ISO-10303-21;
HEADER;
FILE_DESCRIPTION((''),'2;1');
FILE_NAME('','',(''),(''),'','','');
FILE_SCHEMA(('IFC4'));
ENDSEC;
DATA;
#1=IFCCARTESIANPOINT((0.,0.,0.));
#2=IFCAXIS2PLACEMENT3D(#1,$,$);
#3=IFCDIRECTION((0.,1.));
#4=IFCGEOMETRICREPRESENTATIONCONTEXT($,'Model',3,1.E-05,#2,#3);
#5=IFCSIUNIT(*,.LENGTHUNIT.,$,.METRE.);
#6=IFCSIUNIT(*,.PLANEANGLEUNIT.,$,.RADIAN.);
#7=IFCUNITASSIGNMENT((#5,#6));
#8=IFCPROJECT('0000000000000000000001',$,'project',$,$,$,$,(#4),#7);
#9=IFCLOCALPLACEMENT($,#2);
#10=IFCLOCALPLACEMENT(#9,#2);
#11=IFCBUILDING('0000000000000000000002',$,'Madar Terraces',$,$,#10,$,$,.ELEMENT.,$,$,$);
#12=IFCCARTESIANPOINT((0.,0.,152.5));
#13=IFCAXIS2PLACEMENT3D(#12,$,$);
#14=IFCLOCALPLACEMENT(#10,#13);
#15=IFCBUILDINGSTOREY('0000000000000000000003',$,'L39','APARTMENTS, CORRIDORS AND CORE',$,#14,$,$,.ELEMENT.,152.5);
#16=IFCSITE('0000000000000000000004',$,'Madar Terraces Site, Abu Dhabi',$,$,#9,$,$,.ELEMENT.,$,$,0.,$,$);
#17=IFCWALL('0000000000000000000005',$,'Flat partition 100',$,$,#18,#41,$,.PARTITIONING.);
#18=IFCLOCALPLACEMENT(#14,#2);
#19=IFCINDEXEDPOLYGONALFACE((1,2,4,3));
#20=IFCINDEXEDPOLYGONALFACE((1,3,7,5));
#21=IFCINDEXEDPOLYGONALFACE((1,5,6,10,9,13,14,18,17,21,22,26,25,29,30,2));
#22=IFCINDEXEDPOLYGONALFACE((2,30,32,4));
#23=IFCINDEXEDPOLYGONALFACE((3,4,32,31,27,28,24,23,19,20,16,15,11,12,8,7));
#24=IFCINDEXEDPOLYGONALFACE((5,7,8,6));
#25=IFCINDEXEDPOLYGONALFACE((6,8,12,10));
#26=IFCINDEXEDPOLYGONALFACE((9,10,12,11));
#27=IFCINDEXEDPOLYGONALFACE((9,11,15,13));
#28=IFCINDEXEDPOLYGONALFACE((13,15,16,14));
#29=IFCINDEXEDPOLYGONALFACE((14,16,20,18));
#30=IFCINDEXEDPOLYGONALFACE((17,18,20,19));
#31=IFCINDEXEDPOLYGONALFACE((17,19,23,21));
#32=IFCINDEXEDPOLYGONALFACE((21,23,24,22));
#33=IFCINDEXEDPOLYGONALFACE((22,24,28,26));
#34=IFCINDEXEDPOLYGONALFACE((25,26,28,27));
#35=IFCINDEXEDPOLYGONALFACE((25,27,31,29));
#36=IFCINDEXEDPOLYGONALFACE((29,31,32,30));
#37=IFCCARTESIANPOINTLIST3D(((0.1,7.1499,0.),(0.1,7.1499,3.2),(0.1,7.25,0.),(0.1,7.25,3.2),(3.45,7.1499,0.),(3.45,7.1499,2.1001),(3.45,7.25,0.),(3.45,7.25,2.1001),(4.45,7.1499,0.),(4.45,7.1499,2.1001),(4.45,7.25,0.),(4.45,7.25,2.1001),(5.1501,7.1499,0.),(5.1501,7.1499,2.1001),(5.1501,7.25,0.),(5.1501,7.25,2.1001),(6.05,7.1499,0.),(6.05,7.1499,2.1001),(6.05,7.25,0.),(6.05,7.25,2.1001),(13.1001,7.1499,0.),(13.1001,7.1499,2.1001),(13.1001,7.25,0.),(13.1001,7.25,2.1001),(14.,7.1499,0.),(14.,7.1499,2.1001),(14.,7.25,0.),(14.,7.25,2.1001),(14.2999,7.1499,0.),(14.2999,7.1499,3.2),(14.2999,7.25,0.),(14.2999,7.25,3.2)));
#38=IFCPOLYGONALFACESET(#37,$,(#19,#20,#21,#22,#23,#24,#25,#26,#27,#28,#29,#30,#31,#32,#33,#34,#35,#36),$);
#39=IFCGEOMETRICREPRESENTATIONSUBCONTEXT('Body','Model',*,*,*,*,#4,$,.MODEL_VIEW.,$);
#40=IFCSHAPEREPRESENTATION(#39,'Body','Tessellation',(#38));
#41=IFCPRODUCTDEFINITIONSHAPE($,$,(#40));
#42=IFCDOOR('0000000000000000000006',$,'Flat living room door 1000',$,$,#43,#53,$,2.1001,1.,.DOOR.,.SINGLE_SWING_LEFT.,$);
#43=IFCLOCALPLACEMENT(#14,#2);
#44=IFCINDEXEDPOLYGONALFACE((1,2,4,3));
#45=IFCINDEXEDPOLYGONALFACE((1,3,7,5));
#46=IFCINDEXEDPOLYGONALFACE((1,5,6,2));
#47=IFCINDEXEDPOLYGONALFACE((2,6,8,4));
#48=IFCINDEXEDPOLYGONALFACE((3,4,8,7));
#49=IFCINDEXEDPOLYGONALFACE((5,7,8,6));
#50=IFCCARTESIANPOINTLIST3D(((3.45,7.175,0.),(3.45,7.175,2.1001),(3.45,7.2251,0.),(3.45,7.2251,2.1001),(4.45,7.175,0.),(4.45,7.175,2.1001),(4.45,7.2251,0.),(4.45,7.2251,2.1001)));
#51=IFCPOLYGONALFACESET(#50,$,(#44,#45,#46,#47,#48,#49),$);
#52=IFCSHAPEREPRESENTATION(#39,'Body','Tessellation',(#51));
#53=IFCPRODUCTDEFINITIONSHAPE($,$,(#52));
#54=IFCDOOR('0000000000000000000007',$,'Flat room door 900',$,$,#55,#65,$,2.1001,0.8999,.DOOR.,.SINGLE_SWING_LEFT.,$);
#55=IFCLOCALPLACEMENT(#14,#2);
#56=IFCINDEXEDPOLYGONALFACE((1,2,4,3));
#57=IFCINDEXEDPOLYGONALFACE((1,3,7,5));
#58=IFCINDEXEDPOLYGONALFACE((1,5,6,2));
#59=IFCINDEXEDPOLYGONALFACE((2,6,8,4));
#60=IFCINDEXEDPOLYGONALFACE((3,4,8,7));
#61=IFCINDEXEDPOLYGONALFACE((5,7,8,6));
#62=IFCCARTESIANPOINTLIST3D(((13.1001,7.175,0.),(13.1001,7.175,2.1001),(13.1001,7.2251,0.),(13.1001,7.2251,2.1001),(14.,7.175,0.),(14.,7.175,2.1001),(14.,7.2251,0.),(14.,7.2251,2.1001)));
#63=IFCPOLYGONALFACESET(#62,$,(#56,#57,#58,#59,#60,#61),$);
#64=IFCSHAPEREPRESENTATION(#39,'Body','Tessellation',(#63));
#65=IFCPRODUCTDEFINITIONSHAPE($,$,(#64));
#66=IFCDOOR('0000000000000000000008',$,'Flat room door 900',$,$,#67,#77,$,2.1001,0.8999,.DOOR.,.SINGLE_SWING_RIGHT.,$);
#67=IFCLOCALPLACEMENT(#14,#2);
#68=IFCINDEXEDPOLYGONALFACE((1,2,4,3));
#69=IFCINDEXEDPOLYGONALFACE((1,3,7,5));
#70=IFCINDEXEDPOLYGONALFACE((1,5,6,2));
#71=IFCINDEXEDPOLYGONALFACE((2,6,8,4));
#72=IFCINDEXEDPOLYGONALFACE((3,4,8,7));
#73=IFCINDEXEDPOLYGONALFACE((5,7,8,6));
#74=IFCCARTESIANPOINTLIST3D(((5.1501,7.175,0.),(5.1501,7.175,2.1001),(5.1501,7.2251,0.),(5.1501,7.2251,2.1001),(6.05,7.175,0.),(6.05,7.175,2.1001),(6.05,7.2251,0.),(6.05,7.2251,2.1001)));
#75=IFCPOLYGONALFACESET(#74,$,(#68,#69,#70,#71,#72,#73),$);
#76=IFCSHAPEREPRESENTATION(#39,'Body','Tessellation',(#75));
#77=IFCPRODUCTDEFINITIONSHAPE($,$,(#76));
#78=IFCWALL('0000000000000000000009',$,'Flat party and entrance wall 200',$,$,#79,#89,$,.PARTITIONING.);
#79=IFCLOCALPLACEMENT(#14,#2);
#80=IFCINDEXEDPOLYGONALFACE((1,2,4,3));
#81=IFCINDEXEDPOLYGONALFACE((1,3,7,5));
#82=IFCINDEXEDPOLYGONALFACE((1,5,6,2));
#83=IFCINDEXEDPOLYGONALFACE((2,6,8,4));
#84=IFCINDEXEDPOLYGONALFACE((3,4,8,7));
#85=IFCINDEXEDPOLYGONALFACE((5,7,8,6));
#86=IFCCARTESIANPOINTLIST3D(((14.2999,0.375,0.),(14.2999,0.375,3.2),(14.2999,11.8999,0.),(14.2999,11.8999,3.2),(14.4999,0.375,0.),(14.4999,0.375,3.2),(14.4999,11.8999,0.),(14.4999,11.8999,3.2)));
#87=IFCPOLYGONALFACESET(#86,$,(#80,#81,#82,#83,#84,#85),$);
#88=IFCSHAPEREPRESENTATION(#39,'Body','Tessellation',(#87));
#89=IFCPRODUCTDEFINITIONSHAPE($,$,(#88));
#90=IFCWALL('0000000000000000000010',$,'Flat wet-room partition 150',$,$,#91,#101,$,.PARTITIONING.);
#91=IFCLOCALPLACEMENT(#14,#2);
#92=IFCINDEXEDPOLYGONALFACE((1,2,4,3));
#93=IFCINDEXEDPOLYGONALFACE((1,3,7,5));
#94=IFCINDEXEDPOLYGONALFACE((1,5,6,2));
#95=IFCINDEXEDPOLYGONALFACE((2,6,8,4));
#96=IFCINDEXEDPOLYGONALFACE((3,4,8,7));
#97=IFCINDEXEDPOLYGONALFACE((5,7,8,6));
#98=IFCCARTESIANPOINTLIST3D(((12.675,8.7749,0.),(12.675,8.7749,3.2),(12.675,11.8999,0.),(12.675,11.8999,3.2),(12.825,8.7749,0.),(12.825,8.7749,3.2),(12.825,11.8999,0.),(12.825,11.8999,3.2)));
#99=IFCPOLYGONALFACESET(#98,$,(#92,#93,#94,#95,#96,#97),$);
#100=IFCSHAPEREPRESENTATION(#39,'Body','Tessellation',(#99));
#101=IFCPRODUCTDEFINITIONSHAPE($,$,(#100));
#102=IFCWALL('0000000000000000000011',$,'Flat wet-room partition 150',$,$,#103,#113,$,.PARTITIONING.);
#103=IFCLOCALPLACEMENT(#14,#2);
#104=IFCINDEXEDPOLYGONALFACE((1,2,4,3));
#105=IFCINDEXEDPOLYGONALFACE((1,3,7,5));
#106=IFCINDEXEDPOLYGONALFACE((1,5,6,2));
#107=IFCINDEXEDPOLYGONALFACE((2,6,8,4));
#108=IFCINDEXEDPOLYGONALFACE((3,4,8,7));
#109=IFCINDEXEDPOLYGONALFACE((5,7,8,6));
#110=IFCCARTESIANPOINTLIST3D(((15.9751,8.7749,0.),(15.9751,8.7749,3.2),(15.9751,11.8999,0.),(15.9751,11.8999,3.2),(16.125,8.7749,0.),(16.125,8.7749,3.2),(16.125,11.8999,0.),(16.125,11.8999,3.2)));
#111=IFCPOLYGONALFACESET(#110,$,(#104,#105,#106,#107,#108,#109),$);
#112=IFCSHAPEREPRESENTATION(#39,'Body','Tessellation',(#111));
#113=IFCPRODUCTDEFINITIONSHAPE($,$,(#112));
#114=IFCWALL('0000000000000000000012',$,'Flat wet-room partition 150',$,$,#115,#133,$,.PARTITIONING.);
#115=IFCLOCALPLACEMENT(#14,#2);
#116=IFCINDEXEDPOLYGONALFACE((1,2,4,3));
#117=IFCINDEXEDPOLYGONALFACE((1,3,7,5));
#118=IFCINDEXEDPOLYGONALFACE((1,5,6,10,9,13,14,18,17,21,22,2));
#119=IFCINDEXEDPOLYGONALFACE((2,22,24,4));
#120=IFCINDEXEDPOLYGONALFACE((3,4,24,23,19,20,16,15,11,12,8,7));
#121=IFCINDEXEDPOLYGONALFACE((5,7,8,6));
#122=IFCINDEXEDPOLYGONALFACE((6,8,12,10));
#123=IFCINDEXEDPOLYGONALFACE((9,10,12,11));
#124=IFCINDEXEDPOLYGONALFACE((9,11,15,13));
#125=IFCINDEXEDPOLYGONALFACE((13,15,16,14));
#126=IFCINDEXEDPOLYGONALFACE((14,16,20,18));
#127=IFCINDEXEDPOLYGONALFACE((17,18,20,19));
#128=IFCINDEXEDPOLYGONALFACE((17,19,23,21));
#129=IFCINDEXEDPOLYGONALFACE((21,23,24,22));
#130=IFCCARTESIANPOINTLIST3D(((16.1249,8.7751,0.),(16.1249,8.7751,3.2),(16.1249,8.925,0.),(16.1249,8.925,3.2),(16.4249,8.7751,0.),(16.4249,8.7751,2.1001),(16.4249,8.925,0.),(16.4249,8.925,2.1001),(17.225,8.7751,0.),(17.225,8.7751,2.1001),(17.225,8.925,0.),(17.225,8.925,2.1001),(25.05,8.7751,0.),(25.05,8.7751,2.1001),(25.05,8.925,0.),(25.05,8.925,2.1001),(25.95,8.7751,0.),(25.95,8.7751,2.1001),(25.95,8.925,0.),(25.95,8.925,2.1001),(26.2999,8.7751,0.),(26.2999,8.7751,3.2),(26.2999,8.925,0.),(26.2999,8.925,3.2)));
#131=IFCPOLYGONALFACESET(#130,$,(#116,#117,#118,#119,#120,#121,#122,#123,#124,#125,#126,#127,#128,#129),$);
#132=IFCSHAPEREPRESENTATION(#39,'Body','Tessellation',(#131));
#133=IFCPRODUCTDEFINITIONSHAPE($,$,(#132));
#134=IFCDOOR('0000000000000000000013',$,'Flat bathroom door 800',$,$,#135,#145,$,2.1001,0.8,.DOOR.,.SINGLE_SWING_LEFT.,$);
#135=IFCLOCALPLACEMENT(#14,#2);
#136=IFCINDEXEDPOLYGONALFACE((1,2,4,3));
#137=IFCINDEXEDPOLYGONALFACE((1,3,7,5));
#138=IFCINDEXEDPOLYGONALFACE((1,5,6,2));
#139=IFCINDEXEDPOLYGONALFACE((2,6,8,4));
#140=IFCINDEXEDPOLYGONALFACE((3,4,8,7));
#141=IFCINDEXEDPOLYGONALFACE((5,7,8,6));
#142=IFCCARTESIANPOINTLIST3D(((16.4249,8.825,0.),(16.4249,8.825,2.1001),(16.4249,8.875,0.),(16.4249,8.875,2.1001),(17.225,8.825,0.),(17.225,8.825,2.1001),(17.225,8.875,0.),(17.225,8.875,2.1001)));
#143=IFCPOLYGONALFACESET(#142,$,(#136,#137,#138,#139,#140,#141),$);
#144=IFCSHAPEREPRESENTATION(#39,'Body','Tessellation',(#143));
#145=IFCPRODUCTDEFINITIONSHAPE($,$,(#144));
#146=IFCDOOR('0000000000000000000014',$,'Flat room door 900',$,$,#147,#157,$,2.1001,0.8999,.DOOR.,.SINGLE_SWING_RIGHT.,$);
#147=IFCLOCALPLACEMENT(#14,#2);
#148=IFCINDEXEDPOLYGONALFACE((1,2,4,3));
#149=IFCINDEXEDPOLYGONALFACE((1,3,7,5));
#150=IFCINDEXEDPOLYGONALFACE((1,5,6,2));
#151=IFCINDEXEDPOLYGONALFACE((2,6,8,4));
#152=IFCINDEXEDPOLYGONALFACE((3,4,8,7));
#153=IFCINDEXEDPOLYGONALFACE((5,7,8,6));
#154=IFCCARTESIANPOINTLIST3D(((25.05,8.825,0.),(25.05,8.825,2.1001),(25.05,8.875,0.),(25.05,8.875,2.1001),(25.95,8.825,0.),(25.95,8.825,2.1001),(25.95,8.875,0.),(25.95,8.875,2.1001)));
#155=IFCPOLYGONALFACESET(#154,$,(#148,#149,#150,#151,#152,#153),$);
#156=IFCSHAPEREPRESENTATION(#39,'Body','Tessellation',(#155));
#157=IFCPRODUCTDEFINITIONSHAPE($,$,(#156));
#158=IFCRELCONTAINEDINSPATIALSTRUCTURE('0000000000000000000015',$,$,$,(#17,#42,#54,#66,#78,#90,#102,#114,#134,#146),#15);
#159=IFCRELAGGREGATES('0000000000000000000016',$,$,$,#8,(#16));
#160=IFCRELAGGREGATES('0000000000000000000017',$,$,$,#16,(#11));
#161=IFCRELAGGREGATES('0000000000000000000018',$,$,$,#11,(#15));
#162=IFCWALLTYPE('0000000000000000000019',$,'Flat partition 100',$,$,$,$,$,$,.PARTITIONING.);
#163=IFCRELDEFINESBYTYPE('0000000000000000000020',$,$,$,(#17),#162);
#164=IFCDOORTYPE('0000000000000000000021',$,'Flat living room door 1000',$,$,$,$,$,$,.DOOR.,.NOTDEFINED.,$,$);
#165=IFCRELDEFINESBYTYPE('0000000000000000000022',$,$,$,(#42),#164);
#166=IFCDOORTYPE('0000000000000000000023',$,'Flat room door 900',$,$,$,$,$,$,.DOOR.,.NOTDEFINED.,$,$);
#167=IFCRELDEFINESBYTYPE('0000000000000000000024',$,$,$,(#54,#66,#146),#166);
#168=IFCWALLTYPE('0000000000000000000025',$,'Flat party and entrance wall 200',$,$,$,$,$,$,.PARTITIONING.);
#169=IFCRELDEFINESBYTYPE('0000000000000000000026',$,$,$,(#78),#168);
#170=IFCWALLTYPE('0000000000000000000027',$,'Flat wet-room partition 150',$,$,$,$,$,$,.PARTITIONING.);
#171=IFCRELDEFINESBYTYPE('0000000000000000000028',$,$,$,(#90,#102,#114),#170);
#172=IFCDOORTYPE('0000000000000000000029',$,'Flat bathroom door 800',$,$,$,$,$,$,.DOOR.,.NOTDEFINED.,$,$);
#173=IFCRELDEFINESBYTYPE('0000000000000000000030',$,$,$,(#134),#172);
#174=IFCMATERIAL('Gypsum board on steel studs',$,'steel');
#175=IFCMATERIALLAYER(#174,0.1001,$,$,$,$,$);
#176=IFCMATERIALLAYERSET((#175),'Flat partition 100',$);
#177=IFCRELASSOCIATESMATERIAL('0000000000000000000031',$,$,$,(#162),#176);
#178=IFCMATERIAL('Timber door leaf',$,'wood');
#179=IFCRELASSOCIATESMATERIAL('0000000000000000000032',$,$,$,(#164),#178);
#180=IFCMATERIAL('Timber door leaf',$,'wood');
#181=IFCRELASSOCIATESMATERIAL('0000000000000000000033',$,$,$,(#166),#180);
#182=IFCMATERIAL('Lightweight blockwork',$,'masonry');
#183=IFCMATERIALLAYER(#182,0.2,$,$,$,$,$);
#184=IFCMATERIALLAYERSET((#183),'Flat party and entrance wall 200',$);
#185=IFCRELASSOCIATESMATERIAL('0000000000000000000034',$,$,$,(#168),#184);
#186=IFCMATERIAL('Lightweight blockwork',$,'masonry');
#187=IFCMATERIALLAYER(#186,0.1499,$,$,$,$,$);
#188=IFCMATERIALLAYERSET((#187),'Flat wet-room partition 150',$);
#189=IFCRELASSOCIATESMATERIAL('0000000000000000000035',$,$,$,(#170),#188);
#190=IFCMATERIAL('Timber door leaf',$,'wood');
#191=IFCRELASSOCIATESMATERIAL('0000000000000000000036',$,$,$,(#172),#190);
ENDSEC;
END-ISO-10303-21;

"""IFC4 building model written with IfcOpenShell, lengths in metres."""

from ifc_helpers import new_model, si_unit, direction, frame, frame_2d, origin, place, context, subcontext, project, spatial, rectangle, extrude, material, layer, layer_set, type_object, element, fill, save


model = new_model("IFC4")

# Units and contexts
model_context = context("Model", 3, precision=1e-05, world=origin(), true_north=direction((0.0, 1.0)))
body_context = subcontext(model_context, "Body", "Model", "MODEL_VIEW")
ifc_project = project(units=[si_unit("LENGTHUNIT", "METRE"), si_unit("PLANEANGLEUNIT", "RADIAN")], contexts=[model_context])

# Site, building, storey
site_placement = place(None, origin())
site = spatial("IfcSite", under=ifc_project, at=site_placement, Name="Madar Terraces Site, Abu Dhabi", CompositionType="ELEMENT", RefElevation=0.0)
building_placement = place(site_placement, origin())
building = spatial("IfcBuilding", under=site, at=building_placement, Name="Madar Terraces", CompositionType="ELEMENT")
storey_placement = place(building_placement, frame((0.0, 0.0, 152.5)))
storey = spatial("IfcBuildingStorey", under=building, at=storey_placement, Name="L39", Description="APARTMENTS, CORRIDORS AND CORE", CompositionType="ELEMENT", Elevation=152.5)

# Wall, openings, doors
ifc_material_1 = material(Name="Gypsum board on steel studs", Category="steel")
ifc_layer_1 = layer(ifc_material_1, 0.1001)
ifc_layer_set_1 = layer_set([ifc_layer_1], Name="Flat partition 100")
wall_type_1 = type_object("IfcWallType", Name="Flat partition 100", PredefinedType="PARTITIONING", material=ifc_layer_set_1)
wall_1_placement = place(storey_placement, frame((14.3, 7.2, 0.0), z_axis=(0.0, 0.0, 1.0), x_axis=(-1.0, 0.0, 0.0)))
wall_1 = element("IfcWall", 1, at=wall_1_placement, inside=storey, type_object=wall_type_1, Name="Flat partition 100", PredefinedType="PARTITIONING", context=body_context, shape_type="SweptSolid", body=[
    extrude(rectangle(XDim=14.2, YDim=0.1001, at=frame_2d((7.1001, 0.0))), origin(), (0.0, 0.0, 1.0), 3.2),
])
opening_1_placement = place(wall_1_placement, frame((0.3, 0.0, 0.0)))
opening_1 = element("IfcOpeningElement", 2, at=opening_1_placement, cuts=wall_1, PredefinedType="OPENING", context=body_context, shape_type="SweptSolid", body=[
    extrude(rectangle(XDim=0.8999, YDim=2.1001, at=frame_2d((0.45, 1.05))), frame((0.0, 0.0601, 0.0), z_axis=(0.0, -1.0, 0.0), x_axis=(1.0, 0.0, 0.0)), (0.0, 0.0, 1.0), 0.1201),
])
opening_2_placement = place(wall_1_placement, frame((8.25, 0.0, 0.0)))
opening_2 = element("IfcOpeningElement", 3, at=opening_2_placement, cuts=wall_1, PredefinedType="OPENING", context=body_context, shape_type="SweptSolid", body=[
    extrude(rectangle(XDim=0.8999, YDim=2.1001, at=frame_2d((0.45, 1.05))), frame((0.0, 0.0601, 0.0), z_axis=(0.0, -1.0, 0.0), x_axis=(1.0, 0.0, 0.0)), (0.0, 0.0, 1.0), 0.1201),
])
opening_3_placement = place(wall_1_placement, frame((9.8501, 0.0, 0.0)))
opening_3 = element("IfcOpeningElement", 4, at=opening_3_placement, cuts=wall_1, PredefinedType="OPENING", context=body_context, shape_type="SweptSolid", body=[
    extrude(rectangle(XDim=1.0, YDim=2.1001, at=frame_2d((0.5, 1.05))), frame((0.0, 0.0601, 0.0), z_axis=(0.0, -1.0, 0.0), x_axis=(1.0, 0.0, 0.0)), (0.0, 0.0, 1.0), 0.1201),
])
ifc_material_2 = material(Name="Timber door leaf", Category="wood")
door_type_1 = type_object("IfcDoorType", Name="Flat living room door 1000", OperationType="NOTDEFINED", PredefinedType="DOOR", material=ifc_material_2)
door_1_placement = place(opening_3_placement, origin())
door_1 = element("IfcDoor", 5, at=door_1_placement, inside=storey, type_object=door_type_1, Name="Flat living room door 1000", OperationType="SINGLE_SWING_LEFT", OverallHeight=2.1001, OverallWidth=1.0, PredefinedType="DOOR", context=body_context, shape_type="SweptSolid", body=[
    extrude(rectangle(XDim=1.0, YDim=2.1001, at=frame_2d((0.5, 1.05))), frame((0.0, 0.0249, 0.0), z_axis=(0.0, -1.0, 0.0), x_axis=(1.0, 0.0, 0.0)), (0.0, 0.0, 1.0), 0.05),
])
fill(opening_3, door_1)
ifc_material_3 = material(Name="Timber door leaf", Category="wood")
door_type_2 = type_object("IfcDoorType", Name="Flat room door 900", OperationType="NOTDEFINED", PredefinedType="DOOR", material=ifc_material_3)
door_2_placement = place(opening_1_placement, origin())
door_2 = element("IfcDoor", 6, at=door_2_placement, inside=storey, type_object=door_type_2, Name="Flat room door 900", OperationType="SINGLE_SWING_LEFT", OverallHeight=2.1001, OverallWidth=0.8999, PredefinedType="DOOR", context=body_context, shape_type="SweptSolid", body=[
    extrude(rectangle(XDim=0.8999, YDim=2.1001, at=frame_2d((0.45, 1.05))), frame((0.0, 0.0249, 0.0), z_axis=(0.0, -1.0, 0.0), x_axis=(1.0, 0.0, 0.0)), (0.0, 0.0, 1.0), 0.05),
])
fill(opening_1, door_2)
door_3_placement = place(opening_2_placement, origin())
door_3 = element("IfcDoor", 7, at=door_3_placement, inside=storey, type_object=door_type_2, Name="Flat room door 900", OperationType="SINGLE_SWING_RIGHT", OverallHeight=2.1001, OverallWidth=0.8999, PredefinedType="DOOR", context=body_context, shape_type="SweptSolid", body=[
    extrude(rectangle(XDim=0.8999, YDim=2.1001, at=frame_2d((0.45, 1.05))), frame((0.0, 0.0249, 0.0), z_axis=(0.0, -1.0, 0.0), x_axis=(1.0, 0.0, 0.0)), (0.0, 0.0, 1.0), 0.05),
])
fill(opening_2, door_3)

# Walls
ifc_material_4 = material(Name="Lightweight blockwork", Category="masonry")
ifc_layer_2 = layer(ifc_material_4, 0.2)
ifc_layer_set_2 = layer_set([ifc_layer_2], Name="Flat party and entrance wall 200")
wall_type_2 = type_object("IfcWallType", Name="Flat party and entrance wall 200", PredefinedType="PARTITIONING", material=ifc_layer_set_2)
wall_2_placement = place(storey_placement, frame((14.3999, 11.8999, 0.0), z_axis=(0.0, 0.0, 1.0), x_axis=(0.0, -1.0, 0.0)))
element("IfcWall", 8, at=wall_2_placement, inside=storey, type_object=wall_type_2, Name="Flat party and entrance wall 200", PredefinedType="PARTITIONING", context=body_context, shape_type="SweptSolid", body=[
    extrude(rectangle(XDim=11.5249, YDim=0.2, at=frame_2d((5.7625, 0.0))), origin(), (0.0, 0.0, 1.0), 3.2),
])
ifc_material_5 = material(Name="Lightweight blockwork", Category="masonry")
ifc_layer_3 = layer(ifc_material_5, 0.1499)
ifc_layer_set_3 = layer_set([ifc_layer_3], Name="Flat wet-room partition 150")
wall_type_3 = type_object("IfcWallType", Name="Flat wet-room partition 150", PredefinedType="PARTITIONING", material=ifc_layer_set_3)
for number, where, z_axis, x_axis, name in (
    (9, (12.75, 11.8999, 0.0), (0.0, 0.0, 1.0), (0.0, -1.0, 0.0), "Flat wet-room partition 150"),
    (10, (16.05, 11.8999, 0.0), (0.0, 0.0, 1.0), (0.0, -1.0, 0.0), "Flat wet-room partition 150"),
):
    element("IfcWall", number, at=place(storey_placement, frame(where, z_axis=z_axis, x_axis=x_axis)), inside=storey, type_object=wall_type_3, Name=name, PredefinedType="PARTITIONING", context=body_context, shape_type="SweptSolid", body=[
        extrude(rectangle(XDim=3.125, YDim=0.1499, at=frame_2d((1.5625, 0.0))), origin(), (0.0, 0.0, 1.0), 3.2),
    ])

# Wall, openings, doors
wall_3_placement = place(storey_placement, frame((16.125, 8.8501, 0.0), z_axis=(0.0, 0.0, 1.0), x_axis=(1.0, 0.0, 0.0)))
wall_3 = element("IfcWall", 11, at=wall_3_placement, inside=storey, type_object=wall_type_3, Name="Flat wet-room partition 150", PredefinedType="PARTITIONING", context=body_context, shape_type="SweptSolid", body=[
    extrude(rectangle(XDim=10.175, YDim=0.1499, at=frame_2d((5.0874, 0.0))), origin(), (0.0, 0.0, 1.0), 3.2),
])
opening_4_placement = place(wall_3_placement, frame((0.3, 0.0, 0.0)))
opening_4 = element("IfcOpeningElement", 12, at=opening_4_placement, cuts=wall_3, PredefinedType="OPENING", context=body_context, shape_type="SweptSolid", body=[
    extrude(rectangle(XDim=0.8, YDim=2.1001, at=frame_2d((0.3999, 1.05))), frame((0.0, 0.085, 0.0), z_axis=(0.0, -1.0, 0.0), x_axis=(1.0, 0.0, 0.0)), (0.0, 0.0, 1.0), 0.1699),
])
opening_5_placement = place(wall_3_placement, frame((8.925, 0.0, 0.0)))
opening_5 = element("IfcOpeningElement", 13, at=opening_5_placement, cuts=wall_3, PredefinedType="OPENING", context=body_context, shape_type="SweptSolid", body=[
    extrude(rectangle(XDim=0.8999, YDim=2.1001, at=frame_2d((0.45, 1.05))), frame((0.0, 0.085, 0.0), z_axis=(0.0, -1.0, 0.0), x_axis=(1.0, 0.0, 0.0)), (0.0, 0.0, 1.0), 0.1699),
])
ifc_material_6 = material(Name="Timber door leaf", Category="wood")
door_type_3 = type_object("IfcDoorType", Name="Flat bathroom door 800", OperationType="NOTDEFINED", PredefinedType="DOOR", material=ifc_material_6)
door_4_placement = place(opening_4_placement, origin())
door_4 = element("IfcDoor", 14, at=door_4_placement, inside=storey, type_object=door_type_3, Name="Flat bathroom door 800", OperationType="SINGLE_SWING_LEFT", OverallHeight=2.1001, OverallWidth=0.8, PredefinedType="DOOR", context=body_context, shape_type="SweptSolid", body=[
    extrude(rectangle(XDim=0.8, YDim=2.1001, at=frame_2d((0.3999, 1.05))), frame((0.0, 0.0249, 0.0), z_axis=(0.0, -1.0, 0.0), x_axis=(1.0, 0.0, 0.0)), (0.0, 0.0, 1.0), 0.05),
])
fill(opening_4, door_4)
door_5_placement = place(opening_5_placement, origin())
door_5 = element("IfcDoor", 15, at=door_5_placement, inside=storey, type_object=door_type_2, Name="Flat room door 900", OperationType="SINGLE_SWING_RIGHT", OverallHeight=2.1001, OverallWidth=0.8999, PredefinedType="DOOR", context=body_context, shape_type="SweptSolid", body=[
    extrude(rectangle(XDim=0.8999, YDim=2.1001, at=frame_2d((0.45, 1.05))), frame((0.0, 0.0249, 0.0), z_axis=(0.0, -1.0, 0.0), x_axis=(1.0, 0.0, 0.0)), (0.0, 0.0, 1.0), 0.05),
])
fill(opening_5, door_5)

save(model, "model.ifc")
